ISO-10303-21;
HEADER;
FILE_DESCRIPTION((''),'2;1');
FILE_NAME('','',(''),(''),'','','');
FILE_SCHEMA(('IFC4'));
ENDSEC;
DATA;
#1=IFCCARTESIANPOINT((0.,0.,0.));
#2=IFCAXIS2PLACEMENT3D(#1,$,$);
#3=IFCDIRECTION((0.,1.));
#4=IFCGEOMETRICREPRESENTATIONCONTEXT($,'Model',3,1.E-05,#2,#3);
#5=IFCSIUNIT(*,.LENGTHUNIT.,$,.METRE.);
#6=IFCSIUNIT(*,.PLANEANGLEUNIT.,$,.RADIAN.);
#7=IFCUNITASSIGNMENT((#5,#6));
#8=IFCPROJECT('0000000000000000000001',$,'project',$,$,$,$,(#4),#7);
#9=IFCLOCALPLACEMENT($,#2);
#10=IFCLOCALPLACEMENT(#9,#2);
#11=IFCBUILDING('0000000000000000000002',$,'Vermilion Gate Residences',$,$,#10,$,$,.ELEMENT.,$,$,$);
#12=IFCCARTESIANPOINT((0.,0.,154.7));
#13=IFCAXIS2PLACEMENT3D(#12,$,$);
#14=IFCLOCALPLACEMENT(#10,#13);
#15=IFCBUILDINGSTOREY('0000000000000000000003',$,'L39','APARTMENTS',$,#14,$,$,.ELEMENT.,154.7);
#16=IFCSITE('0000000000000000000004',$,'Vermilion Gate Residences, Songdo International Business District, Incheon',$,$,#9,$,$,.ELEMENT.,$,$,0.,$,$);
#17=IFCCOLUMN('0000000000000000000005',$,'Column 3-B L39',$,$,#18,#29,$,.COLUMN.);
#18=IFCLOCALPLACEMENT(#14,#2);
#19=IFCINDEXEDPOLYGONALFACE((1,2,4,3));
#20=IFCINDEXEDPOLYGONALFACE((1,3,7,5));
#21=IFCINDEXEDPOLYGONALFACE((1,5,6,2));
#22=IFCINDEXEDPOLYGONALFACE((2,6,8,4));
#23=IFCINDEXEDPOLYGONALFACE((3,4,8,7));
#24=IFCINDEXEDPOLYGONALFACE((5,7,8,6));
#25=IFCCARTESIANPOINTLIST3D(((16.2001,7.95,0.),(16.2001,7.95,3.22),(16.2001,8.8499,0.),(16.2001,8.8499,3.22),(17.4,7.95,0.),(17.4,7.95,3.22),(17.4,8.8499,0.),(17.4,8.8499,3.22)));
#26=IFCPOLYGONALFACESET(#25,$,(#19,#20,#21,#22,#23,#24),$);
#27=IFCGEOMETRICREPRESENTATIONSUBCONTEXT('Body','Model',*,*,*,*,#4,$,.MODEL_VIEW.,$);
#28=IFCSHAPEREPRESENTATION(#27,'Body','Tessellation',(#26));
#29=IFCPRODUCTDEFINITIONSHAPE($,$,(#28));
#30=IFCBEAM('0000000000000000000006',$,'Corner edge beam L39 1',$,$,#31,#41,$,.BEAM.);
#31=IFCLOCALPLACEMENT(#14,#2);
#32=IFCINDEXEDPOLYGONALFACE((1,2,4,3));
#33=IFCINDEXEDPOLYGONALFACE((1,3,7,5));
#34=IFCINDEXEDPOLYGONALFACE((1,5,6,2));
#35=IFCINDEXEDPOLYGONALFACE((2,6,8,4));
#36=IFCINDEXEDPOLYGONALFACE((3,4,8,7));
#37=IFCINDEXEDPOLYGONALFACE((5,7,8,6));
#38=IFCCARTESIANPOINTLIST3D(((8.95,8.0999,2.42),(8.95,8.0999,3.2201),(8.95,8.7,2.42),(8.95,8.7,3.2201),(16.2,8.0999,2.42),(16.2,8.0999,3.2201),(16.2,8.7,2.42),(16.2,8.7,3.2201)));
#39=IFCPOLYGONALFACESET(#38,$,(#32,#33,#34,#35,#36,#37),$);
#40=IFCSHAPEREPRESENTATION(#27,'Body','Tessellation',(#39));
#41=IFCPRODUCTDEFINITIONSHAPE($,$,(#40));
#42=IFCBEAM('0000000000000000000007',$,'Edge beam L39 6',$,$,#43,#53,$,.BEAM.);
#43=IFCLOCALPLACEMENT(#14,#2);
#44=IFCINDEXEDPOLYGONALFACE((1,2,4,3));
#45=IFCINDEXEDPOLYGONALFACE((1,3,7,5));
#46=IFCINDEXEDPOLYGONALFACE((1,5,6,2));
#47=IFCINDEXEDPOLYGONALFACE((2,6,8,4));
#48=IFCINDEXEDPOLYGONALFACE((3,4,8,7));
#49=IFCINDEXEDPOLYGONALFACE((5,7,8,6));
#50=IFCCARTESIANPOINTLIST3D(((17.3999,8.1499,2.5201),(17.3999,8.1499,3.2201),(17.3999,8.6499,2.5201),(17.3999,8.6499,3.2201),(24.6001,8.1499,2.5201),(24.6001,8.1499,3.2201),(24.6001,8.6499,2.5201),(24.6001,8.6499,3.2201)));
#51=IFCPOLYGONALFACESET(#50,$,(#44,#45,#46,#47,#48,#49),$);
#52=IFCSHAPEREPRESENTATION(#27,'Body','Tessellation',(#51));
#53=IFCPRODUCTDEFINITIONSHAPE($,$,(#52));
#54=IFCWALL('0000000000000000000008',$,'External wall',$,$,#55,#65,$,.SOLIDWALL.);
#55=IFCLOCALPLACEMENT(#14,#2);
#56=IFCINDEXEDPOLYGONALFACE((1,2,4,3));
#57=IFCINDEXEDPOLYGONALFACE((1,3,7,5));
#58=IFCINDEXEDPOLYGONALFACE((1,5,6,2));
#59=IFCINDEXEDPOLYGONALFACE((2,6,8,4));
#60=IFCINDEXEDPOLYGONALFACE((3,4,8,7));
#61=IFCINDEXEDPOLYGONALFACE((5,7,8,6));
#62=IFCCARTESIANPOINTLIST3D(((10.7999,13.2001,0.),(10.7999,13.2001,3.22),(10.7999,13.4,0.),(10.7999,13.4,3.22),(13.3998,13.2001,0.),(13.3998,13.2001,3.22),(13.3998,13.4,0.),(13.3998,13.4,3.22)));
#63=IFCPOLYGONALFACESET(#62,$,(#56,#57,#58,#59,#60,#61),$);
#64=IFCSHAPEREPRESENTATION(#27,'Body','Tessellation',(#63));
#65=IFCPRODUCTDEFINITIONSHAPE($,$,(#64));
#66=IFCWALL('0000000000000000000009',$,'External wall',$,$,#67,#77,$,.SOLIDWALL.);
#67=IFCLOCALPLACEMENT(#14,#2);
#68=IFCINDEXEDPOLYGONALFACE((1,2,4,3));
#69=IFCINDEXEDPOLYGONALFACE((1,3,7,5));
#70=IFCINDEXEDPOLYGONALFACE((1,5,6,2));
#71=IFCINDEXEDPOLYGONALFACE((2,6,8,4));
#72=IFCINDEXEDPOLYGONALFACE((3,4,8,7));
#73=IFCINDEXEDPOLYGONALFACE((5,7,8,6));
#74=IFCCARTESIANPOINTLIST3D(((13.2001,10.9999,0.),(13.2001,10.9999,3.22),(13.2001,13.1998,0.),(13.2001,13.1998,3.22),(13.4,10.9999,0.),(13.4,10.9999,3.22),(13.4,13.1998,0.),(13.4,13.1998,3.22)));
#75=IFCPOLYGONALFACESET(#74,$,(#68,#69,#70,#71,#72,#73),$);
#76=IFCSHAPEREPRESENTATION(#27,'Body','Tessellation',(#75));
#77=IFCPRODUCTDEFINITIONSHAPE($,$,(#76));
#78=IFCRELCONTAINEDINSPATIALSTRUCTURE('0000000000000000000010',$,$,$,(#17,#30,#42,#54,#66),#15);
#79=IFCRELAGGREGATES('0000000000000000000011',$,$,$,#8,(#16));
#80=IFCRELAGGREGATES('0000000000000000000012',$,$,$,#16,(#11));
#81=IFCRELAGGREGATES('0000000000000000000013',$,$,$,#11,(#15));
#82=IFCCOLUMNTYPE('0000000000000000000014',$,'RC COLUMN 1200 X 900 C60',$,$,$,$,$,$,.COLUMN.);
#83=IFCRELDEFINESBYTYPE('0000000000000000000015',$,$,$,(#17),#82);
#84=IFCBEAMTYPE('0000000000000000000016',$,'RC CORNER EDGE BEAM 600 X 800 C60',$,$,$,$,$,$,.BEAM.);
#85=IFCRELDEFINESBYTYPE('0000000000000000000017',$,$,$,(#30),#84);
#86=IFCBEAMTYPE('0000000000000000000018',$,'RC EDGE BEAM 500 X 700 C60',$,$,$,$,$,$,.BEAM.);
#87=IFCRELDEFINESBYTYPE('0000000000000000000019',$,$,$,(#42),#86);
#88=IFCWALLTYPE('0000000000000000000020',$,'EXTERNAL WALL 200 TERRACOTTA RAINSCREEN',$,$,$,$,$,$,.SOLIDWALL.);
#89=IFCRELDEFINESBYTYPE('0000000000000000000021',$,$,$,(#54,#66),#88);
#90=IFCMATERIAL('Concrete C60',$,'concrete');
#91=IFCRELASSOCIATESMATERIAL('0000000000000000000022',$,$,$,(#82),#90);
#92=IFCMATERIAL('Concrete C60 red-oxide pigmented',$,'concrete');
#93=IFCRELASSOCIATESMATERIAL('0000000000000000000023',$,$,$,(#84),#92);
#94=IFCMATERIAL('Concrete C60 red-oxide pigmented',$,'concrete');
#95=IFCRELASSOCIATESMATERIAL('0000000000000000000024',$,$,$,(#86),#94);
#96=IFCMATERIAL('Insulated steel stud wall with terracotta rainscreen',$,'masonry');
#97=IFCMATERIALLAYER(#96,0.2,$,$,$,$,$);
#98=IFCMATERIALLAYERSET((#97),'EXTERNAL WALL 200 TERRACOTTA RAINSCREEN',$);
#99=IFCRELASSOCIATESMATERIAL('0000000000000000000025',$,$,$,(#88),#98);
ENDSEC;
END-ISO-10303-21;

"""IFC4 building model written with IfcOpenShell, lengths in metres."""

from ifc_helpers import new_model, si_unit, direction, frame, frame_2d, origin, origin_2d, place, context, subcontext, project, spatial, rectangle, extrude, material, layer, layer_set, material_profile, profile_set, type_object, element, save


model = new_model("IFC4")

# Units and contexts
model_context = context("Model", 3, precision=1e-05, world=origin(), true_north=direction((0.0, 1.0)))
body_context = subcontext(model_context, "Body", "Model", "MODEL_VIEW")
ifc_project = project(units=[si_unit("LENGTHUNIT", "METRE"), si_unit("PLANEANGLEUNIT", "RADIAN")], contexts=[model_context])

# Site, building, storey
site_placement = place(None, origin())
site = spatial("IfcSite", under=ifc_project, at=site_placement, Name="Vermilion Gate Residences, Songdo International Business District, Incheon", CompositionType="ELEMENT", RefElevation=0.0)
building_placement = place(site_placement, origin())
building = spatial("IfcBuilding", under=site, at=building_placement, Name="Vermilion Gate Residences", CompositionType="ELEMENT")
storey_placement = place(building_placement, frame((0.0, 0.0, 154.7)))
storey = spatial("IfcBuildingStorey", under=building, at=storey_placement, Name="L39", Description="APARTMENTS", CompositionType="ELEMENT", Elevation=154.7)

# Column
ifc_material_1 = material(Name="Concrete C60", Category="concrete")
ifc_material_profile_1 = material_profile(ifc_material_1, rectangle(XDim=1.2, YDim=0.8999, at=origin_2d()), Name="RC-1200x900")
ifc_profile_set_1 = profile_set([ifc_material_profile_1], Name="Concrete C60")
column_type = type_object("IfcColumnType", Name="RC COLUMN 1200 X 900 C60", PredefinedType="COLUMN", material=ifc_profile_set_1)
column_placement = place(storey_placement, frame((16.8, 8.3999, 0.0), z_axis=(0.0, 0.0, 1.0), x_axis=(1.0, 0.0, 0.0)))
element("IfcColumn", 1, at=column_placement, inside=storey, type_object=column_type, Name="Column 3-B L39", PredefinedType="COLUMN", context=body_context, shape_type="SweptSolid", body=[
    extrude(rectangle(XDim=1.2, YDim=0.8999, at=origin_2d()), origin(), (0.0, 0.0, 1.0), 3.22),
])

# Beams
ifc_material_2 = material(Name="Concrete C60 red-oxide pigmented", Category="concrete")
ifc_material_profile_2 = material_profile(ifc_material_2, rectangle(XDim=0.6001, YDim=0.8, at=origin_2d()), Name="RC-600x800")
ifc_profile_set_2 = profile_set([ifc_material_profile_2], Name="Concrete C60 red-oxide pigmented")
beam_type_1 = type_object("IfcBeamType", Name="RC CORNER EDGE BEAM 600 X 800 C60", PredefinedType="BEAM", material=ifc_profile_set_2)
beam_1_placement = place(storey_placement, frame((8.95, 8.3999, 2.8201), z_axis=(1.0, 0.0, 0.0), x_axis=(0.0, 1.0, 0.0)))
element("IfcBeam", 2, at=beam_1_placement, inside=storey, type_object=beam_type_1, Name="Corner edge beam L39 1", PredefinedType="BEAM", context=body_context, shape_type="SweptSolid", body=[
    extrude(rectangle(XDim=0.6001, YDim=0.8, at=origin_2d()), origin(), (0.0, 0.0, 1.0), 7.25),
])
ifc_material_3 = material(Name="Concrete C60 red-oxide pigmented", Category="concrete")
ifc_material_profile_3 = material_profile(ifc_material_3, rectangle(XDim=0.5, YDim=0.7, at=origin_2d()), Name="RC-500x700")
ifc_profile_set_3 = profile_set([ifc_material_profile_3], Name="Concrete C60 red-oxide pigmented")
beam_type_2 = type_object("IfcBeamType", Name="RC EDGE BEAM 500 X 700 C60", PredefinedType="BEAM", material=ifc_profile_set_3)
beam_2_placement = place(storey_placement, frame((17.3999, 8.3999, 2.8701), z_axis=(1.0, 0.0, 0.0), x_axis=(0.0, 1.0, 0.0)))
element("IfcBeam", 3, at=beam_2_placement, inside=storey, type_object=beam_type_2, Name="Edge beam L39 6", PredefinedType="BEAM", context=body_context, shape_type="SweptSolid", body=[
    extrude(rectangle(XDim=0.5, YDim=0.7, at=origin_2d()), origin(), (0.0, 0.0, 1.0), 7.2002),
])

# Walls
ifc_material_4 = material(Name="Insulated steel stud wall with terracotta rainscreen", Category="masonry")
ifc_layer_1 = layer(ifc_material_4, 0.2)
ifc_layer_set_1 = layer_set([ifc_layer_1], Name="EXTERNAL WALL 200 TERRACOTTA RAINSCREEN")
wall_type_1 = type_object("IfcWallType", Name="EXTERNAL WALL 200 TERRACOTTA RAINSCREEN", PredefinedType="SOLIDWALL", material=ifc_layer_set_1)
wall_1_placement = place(storey_placement, frame((10.8, 13.3, 0.0), z_axis=(0.0, 0.0, 1.0), x_axis=(1.0, 0.0, 0.0)))
element("IfcWall", 4, at=wall_1_placement, inside=storey, type_object=wall_type_1, Name="External wall", PredefinedType="SOLIDWALL", context=body_context, shape_type="SweptSolid", body=[
    extrude(rectangle(XDim=2.5999, YDim=0.2, at=frame_2d((1.2998, 0.0))), origin(), (0.0, 0.0, 1.0), 3.22),
])
wall_2_placement = place(storey_placement, frame((13.3, 13.2, 0.0), z_axis=(0.0, 0.0, 1.0), x_axis=(0.0, -1.0, 0.0)))
element("IfcWall", 5, at=wall_2_placement, inside=storey, type_object=wall_type_1, Name="External wall", PredefinedType="SOLIDWALL", context=body_context, shape_type="SweptSolid", body=[
    extrude(rectangle(XDim=2.2, YDim=0.2, at=frame_2d((1.1001, 0.0))), origin(), (0.0, 0.0, 1.0), 3.22),
])

save(model, "model.ifc")
